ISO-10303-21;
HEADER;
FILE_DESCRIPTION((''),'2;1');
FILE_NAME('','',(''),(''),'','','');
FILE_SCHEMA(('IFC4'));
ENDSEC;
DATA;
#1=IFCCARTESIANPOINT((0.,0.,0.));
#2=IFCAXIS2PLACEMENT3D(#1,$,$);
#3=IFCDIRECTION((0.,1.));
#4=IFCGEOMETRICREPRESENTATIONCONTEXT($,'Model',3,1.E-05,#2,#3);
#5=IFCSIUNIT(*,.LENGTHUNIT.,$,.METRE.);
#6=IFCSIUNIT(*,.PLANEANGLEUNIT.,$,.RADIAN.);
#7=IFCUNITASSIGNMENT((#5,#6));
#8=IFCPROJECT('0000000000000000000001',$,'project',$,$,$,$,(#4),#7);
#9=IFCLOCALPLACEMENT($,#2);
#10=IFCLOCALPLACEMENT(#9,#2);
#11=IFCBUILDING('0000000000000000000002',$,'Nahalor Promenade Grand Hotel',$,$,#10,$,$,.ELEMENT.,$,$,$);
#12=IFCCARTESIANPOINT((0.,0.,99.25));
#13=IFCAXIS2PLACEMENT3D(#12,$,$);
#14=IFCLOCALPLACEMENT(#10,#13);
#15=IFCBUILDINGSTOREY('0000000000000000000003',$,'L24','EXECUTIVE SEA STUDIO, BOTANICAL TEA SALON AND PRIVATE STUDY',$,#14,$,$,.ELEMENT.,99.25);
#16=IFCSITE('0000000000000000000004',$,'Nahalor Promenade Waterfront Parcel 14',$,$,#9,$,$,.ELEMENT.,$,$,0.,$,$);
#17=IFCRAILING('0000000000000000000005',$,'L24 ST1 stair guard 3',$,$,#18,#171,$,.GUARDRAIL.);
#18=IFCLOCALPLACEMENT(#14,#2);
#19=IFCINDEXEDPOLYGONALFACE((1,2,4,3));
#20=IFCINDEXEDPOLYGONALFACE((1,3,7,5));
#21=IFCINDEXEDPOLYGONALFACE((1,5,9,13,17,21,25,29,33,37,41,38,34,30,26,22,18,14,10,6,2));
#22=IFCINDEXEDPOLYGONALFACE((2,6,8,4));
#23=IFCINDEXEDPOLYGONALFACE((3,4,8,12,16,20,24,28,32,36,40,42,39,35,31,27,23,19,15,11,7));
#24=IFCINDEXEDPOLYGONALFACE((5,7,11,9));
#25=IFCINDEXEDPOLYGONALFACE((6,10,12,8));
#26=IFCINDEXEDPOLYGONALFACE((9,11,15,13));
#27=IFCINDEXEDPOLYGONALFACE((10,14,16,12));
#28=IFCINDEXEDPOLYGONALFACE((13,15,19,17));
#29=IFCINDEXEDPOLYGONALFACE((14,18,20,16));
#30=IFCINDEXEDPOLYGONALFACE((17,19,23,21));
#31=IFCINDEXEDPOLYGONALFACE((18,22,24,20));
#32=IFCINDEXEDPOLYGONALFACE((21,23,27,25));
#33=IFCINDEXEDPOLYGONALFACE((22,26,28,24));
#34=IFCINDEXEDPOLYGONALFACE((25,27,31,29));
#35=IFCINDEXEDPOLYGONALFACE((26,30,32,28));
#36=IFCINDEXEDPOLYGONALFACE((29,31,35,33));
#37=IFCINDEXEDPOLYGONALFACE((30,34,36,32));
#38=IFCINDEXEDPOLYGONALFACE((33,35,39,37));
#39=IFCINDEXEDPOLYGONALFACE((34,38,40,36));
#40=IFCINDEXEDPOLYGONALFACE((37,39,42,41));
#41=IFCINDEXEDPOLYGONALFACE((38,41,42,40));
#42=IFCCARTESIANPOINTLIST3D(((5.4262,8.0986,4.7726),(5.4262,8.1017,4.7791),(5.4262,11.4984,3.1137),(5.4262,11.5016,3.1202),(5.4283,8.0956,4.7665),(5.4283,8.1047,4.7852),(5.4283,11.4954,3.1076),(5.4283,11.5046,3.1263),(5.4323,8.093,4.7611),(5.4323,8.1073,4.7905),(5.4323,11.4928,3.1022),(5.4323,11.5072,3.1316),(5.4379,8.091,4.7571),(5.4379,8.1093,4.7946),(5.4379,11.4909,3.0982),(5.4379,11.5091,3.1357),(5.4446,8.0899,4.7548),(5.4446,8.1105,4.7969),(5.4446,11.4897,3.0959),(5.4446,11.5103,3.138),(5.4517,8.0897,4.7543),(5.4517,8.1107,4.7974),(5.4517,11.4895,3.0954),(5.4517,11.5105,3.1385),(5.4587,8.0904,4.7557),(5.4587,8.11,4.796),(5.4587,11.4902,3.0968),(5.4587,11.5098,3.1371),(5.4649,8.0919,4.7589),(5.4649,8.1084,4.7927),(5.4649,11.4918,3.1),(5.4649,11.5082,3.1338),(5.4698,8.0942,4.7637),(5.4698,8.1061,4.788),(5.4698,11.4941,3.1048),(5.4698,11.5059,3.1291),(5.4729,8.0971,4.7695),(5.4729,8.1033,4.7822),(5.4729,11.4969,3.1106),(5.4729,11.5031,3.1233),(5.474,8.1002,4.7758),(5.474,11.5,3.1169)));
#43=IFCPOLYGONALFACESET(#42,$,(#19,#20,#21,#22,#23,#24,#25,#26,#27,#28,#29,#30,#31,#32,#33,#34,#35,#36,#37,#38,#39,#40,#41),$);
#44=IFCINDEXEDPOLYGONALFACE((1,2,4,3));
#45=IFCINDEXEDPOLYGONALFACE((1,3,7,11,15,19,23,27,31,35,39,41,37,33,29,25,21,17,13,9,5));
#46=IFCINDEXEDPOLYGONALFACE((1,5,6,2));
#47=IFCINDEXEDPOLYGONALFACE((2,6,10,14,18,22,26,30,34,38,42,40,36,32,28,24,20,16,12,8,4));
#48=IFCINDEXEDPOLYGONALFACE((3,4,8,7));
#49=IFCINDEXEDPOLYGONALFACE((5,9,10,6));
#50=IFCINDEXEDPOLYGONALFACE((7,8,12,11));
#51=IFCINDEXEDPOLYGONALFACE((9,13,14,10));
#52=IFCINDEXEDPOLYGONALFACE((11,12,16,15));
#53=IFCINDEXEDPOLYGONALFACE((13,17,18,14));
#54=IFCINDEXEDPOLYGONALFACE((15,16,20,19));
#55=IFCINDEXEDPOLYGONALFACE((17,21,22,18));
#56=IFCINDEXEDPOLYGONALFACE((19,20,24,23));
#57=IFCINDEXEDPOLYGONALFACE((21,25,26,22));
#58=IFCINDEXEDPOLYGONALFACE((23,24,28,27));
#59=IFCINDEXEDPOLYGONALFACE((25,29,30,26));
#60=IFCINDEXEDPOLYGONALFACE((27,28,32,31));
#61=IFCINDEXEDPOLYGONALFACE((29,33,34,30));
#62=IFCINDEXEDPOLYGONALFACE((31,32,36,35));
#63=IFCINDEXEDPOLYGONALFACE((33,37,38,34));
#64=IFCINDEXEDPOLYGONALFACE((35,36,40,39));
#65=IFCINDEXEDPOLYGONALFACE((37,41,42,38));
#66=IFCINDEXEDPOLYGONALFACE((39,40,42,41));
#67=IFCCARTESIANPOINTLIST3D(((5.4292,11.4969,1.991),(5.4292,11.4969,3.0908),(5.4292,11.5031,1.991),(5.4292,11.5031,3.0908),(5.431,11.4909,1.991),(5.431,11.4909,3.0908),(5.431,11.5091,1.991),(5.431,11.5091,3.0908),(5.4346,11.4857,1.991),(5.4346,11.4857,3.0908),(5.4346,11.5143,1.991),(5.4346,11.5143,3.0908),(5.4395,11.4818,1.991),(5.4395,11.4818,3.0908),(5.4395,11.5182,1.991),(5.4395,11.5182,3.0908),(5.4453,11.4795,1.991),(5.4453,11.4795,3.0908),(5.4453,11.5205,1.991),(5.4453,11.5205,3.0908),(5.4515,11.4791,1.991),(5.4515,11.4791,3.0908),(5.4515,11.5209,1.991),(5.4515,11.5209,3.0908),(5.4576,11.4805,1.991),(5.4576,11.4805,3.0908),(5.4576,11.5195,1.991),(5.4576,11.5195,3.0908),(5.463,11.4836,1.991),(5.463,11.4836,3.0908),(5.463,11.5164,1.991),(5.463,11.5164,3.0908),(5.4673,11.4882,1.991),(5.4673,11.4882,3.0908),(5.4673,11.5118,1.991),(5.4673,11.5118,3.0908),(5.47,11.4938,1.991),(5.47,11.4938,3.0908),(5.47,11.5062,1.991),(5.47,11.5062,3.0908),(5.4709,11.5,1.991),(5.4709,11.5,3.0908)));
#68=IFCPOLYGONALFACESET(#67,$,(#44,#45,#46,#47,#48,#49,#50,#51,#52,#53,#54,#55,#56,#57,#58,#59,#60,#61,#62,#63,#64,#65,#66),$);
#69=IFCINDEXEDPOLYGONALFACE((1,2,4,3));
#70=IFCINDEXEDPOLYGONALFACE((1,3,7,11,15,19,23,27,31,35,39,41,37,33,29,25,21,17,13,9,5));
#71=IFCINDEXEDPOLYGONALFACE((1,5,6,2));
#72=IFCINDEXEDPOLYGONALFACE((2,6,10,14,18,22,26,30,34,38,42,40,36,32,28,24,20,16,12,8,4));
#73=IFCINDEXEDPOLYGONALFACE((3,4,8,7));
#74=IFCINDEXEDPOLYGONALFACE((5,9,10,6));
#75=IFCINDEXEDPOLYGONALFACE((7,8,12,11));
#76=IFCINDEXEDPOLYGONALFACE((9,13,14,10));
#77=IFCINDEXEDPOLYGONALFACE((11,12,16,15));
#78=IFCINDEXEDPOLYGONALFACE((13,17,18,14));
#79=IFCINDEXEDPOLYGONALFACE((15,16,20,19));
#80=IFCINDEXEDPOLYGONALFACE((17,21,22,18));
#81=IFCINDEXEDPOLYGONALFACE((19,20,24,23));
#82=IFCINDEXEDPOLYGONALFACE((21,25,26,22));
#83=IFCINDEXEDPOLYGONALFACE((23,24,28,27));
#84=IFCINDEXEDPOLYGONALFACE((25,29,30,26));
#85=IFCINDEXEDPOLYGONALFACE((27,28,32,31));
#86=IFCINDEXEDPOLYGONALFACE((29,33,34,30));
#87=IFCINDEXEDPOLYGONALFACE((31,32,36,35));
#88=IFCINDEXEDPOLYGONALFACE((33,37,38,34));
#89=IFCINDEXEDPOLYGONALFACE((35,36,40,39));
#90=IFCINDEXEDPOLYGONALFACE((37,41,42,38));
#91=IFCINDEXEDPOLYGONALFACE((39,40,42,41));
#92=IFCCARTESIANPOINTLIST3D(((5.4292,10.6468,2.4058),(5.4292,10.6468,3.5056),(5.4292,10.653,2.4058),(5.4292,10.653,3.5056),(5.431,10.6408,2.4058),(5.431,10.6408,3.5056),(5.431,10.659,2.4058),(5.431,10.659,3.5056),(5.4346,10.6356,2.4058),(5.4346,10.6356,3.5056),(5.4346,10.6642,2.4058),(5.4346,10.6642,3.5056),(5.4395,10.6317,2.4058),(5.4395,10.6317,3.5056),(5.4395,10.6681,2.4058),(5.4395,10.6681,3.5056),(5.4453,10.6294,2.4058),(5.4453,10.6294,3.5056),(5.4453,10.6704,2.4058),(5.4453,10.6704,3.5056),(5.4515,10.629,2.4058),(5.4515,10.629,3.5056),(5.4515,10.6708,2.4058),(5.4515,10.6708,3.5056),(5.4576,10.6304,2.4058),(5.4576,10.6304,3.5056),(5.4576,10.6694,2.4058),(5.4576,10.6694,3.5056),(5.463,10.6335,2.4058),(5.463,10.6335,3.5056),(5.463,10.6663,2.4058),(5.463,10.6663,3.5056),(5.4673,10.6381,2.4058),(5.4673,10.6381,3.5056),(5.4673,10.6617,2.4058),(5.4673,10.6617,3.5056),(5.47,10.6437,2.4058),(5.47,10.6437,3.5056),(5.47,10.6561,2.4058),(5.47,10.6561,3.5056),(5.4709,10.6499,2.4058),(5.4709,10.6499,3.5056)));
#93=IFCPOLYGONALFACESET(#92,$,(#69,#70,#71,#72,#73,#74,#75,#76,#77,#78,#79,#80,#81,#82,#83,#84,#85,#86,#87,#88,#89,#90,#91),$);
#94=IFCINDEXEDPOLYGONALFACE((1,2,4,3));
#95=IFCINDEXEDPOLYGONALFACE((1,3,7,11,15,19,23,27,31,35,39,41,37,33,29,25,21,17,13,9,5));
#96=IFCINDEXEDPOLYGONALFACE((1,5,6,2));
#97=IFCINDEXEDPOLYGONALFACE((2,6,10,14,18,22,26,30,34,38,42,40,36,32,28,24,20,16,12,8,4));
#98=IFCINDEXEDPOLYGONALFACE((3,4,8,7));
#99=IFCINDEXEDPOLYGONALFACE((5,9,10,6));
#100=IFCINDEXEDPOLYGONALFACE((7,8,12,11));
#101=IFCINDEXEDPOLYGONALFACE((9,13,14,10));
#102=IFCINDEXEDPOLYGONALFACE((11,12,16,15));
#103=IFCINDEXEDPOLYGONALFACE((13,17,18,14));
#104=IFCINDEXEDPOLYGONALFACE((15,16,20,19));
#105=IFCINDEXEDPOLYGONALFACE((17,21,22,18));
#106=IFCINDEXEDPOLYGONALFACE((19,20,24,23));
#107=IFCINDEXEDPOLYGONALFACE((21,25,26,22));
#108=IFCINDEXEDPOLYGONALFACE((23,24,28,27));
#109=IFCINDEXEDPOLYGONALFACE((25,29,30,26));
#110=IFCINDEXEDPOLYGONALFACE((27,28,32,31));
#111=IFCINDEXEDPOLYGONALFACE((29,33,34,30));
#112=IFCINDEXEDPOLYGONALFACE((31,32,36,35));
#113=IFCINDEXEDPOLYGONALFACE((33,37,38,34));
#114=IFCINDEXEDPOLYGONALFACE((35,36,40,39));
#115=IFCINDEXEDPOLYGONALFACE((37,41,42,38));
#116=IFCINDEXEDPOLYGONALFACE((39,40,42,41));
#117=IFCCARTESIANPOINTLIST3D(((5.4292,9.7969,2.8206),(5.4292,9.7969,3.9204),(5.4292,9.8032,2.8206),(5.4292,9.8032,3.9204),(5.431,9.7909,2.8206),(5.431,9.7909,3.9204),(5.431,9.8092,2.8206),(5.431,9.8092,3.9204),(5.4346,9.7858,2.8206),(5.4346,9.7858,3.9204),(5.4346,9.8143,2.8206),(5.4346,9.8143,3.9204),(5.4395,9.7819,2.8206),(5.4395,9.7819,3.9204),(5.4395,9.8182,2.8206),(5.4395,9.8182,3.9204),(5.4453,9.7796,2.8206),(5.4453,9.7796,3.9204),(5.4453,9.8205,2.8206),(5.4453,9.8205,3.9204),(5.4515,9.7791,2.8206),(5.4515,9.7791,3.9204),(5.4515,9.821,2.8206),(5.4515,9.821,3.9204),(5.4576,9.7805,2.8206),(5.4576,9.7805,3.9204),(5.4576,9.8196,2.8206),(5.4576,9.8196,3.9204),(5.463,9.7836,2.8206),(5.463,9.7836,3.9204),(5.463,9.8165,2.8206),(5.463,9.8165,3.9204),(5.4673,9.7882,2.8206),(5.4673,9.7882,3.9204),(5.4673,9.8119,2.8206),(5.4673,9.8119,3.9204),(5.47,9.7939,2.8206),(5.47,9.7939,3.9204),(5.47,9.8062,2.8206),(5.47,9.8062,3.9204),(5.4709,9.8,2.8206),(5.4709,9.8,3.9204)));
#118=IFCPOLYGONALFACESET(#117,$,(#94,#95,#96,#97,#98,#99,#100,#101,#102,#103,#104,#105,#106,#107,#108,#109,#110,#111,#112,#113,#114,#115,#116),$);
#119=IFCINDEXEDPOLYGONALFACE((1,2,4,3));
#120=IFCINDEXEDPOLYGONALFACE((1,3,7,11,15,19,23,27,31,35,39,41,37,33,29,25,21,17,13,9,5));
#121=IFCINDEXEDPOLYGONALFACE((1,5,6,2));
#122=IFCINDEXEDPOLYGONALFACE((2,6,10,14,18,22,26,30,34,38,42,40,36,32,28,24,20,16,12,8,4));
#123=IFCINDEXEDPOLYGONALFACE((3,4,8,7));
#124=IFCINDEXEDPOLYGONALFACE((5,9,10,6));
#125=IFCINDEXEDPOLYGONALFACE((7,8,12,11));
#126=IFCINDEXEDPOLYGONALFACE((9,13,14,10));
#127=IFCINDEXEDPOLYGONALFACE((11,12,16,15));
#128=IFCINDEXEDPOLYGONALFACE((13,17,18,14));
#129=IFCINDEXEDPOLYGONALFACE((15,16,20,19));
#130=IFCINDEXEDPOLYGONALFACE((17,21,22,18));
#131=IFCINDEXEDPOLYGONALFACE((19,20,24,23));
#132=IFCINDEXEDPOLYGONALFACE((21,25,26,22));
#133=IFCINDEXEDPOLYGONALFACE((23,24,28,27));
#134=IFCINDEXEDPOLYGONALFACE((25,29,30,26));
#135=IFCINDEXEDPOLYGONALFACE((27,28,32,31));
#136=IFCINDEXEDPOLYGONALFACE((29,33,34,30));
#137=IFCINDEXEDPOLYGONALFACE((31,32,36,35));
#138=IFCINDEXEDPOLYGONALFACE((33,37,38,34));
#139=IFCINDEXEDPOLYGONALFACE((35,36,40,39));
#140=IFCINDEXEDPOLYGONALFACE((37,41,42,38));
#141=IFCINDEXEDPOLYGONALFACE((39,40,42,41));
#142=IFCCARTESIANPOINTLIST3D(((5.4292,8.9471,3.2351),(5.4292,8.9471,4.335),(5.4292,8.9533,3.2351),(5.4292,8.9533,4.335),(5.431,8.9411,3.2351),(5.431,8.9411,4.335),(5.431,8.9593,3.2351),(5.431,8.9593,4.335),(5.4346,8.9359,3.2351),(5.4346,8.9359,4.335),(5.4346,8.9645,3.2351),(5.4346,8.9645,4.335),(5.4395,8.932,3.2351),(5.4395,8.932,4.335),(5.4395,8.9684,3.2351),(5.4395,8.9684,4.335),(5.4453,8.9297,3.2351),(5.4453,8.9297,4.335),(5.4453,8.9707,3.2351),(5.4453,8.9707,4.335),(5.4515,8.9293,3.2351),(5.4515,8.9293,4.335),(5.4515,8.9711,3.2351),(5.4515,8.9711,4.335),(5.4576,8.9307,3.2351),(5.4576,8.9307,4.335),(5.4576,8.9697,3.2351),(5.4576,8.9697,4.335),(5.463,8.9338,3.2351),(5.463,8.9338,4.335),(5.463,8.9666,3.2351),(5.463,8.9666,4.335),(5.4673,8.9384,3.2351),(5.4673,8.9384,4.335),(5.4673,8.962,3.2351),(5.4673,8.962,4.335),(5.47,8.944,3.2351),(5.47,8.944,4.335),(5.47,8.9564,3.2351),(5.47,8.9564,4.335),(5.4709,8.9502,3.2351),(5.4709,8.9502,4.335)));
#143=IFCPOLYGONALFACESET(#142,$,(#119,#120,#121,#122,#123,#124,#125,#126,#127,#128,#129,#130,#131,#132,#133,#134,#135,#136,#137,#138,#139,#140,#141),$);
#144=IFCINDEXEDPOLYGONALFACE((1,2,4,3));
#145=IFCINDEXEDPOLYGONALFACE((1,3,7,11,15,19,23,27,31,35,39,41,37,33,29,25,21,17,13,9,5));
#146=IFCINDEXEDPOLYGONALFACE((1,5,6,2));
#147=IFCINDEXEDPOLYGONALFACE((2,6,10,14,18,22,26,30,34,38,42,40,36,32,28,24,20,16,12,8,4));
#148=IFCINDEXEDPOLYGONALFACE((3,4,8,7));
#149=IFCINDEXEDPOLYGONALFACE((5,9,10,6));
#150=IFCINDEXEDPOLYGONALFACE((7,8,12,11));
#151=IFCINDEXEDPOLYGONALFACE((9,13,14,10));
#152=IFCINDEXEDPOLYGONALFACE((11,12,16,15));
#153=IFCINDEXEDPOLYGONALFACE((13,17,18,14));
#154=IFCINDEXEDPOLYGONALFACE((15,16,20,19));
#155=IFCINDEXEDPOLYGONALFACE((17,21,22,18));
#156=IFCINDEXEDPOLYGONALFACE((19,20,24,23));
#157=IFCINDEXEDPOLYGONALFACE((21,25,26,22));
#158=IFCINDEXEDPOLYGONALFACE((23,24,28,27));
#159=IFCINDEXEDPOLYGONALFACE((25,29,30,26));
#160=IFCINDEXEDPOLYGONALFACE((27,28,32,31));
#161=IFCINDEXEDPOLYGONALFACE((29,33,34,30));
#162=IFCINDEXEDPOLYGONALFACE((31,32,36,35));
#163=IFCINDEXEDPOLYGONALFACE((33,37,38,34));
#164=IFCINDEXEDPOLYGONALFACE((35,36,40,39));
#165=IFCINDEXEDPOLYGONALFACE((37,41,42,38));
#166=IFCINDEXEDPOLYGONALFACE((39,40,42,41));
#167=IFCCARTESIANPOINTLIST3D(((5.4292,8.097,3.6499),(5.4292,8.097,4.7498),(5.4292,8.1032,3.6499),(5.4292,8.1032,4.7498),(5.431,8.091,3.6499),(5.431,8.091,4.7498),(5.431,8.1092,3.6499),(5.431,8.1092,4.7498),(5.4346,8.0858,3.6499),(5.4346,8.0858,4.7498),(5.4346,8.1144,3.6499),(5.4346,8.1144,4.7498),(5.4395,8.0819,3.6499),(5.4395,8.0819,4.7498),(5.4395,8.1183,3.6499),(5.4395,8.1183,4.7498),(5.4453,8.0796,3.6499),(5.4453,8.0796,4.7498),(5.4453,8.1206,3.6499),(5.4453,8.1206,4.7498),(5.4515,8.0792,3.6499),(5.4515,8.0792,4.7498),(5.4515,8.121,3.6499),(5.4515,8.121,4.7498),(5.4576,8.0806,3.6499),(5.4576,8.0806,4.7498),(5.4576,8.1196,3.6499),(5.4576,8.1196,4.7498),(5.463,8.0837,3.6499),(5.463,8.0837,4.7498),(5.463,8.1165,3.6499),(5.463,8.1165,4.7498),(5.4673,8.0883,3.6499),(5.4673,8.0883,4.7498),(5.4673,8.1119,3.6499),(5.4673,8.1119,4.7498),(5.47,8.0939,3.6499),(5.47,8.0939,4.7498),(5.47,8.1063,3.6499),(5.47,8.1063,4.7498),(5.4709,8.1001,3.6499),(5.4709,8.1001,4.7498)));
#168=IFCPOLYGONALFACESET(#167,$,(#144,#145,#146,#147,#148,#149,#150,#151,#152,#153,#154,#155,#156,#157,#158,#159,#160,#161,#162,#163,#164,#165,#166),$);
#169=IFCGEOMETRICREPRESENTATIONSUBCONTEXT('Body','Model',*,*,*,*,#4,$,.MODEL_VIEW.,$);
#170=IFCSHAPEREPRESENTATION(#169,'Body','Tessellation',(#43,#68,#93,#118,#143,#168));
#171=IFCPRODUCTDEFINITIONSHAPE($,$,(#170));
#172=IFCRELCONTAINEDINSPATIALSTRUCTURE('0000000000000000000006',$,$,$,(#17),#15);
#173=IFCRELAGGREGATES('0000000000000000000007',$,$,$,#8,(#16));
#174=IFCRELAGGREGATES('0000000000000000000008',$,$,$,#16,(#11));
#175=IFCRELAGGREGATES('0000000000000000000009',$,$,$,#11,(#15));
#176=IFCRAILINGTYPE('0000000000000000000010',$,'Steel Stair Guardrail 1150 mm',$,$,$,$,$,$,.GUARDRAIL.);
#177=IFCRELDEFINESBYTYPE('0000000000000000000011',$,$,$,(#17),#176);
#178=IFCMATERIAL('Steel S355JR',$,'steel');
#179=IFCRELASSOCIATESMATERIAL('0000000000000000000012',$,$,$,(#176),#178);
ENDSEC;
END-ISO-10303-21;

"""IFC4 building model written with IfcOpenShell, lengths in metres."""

from ifc_helpers import new_model, si_unit, direction, frame, origin, origin_2d, place, context, subcontext, project, spatial, circle, extrude, material, type_object, element, save


model = new_model("IFC4")

# Units and contexts
model_context = context("Model", 3, precision=1e-05, world=origin(), true_north=direction((0.0, 1.0)))
body_context = subcontext(model_context, "Body", "Model", "MODEL_VIEW")
ifc_project = project(units=[si_unit("LENGTHUNIT", "METRE"), si_unit("PLANEANGLEUNIT", "RADIAN")], contexts=[model_context])

# Site, building, storey
site_placement = place(None, origin())
site = spatial("IfcSite", under=ifc_project, at=site_placement, Name="Nahalor Promenade Waterfront Parcel 14", CompositionType="ELEMENT", RefElevation=0.0)
building_placement = place(site_placement, origin())
building = spatial("IfcBuilding", under=site, at=building_placement, Name="Nahalor Promenade Grand Hotel", CompositionType="ELEMENT")
storey_placement = place(building_placement, frame((0.0, 0.0, 99.25)))
storey = spatial("IfcBuildingStorey", under=building, at=storey_placement, Name="L24", Description="EXECUTIVE SEA STUDIO, BOTANICAL TEA SALON AND PRIVATE STUDY", CompositionType="ELEMENT", Elevation=99.25)

# Shared definitions
ifc_material_1 = material(Name="Steel S355JR", Category="steel")

# Railing
railing_type = type_object("IfcRailingType", Name="Steel Stair Guardrail 1150 mm", PredefinedType="GUARDRAIL", material=ifc_material_1)
railing_1_placement = place(storey_placement, frame((5.45, 11.5, 1.991)))
element("IfcRailing", 1, at=railing_1_placement, inside=storey, type_object=railing_type, Name="L24 ST1 stair guard 3", PredefinedType="GUARDRAIL", context=body_context, shape_type="SweptSolid", body=[
    extrude(circle(Radius=0.024, at=origin_2d()), frame((0.0, 0.0, 1.126), z_axis=(0.0, -0.898722, 0.438519), x_axis=(1.0, 0.0, 0.0)), (0.0, 0.0, 1.0), 3.783),
    extrude(circle(Radius=0.021, at=origin_2d()), origin(), (0.0, 0.0, 1.0), 1.0999),
    extrude(circle(Radius=0.021, at=origin_2d()), frame((0.0, -0.8501, 0.4148)), (0.0, 0.0, 1.0), 1.0999),
    extrude(circle(Radius=0.021, at=origin_2d()), frame((0.0, -1.7, 0.8296)), (0.0, 0.0, 1.0), 1.0999),
    extrude(circle(Radius=0.021, at=origin_2d()), frame((0.0, -2.5498, 1.2441)), (0.0, 0.0, 1.0), 1.0999),
    extrude(circle(Radius=0.021, at=origin_2d()), frame((0.0, -3.3999, 1.6589)), (0.0, 0.0, 1.0), 1.0999),
])

save(model, "model.ifc")
